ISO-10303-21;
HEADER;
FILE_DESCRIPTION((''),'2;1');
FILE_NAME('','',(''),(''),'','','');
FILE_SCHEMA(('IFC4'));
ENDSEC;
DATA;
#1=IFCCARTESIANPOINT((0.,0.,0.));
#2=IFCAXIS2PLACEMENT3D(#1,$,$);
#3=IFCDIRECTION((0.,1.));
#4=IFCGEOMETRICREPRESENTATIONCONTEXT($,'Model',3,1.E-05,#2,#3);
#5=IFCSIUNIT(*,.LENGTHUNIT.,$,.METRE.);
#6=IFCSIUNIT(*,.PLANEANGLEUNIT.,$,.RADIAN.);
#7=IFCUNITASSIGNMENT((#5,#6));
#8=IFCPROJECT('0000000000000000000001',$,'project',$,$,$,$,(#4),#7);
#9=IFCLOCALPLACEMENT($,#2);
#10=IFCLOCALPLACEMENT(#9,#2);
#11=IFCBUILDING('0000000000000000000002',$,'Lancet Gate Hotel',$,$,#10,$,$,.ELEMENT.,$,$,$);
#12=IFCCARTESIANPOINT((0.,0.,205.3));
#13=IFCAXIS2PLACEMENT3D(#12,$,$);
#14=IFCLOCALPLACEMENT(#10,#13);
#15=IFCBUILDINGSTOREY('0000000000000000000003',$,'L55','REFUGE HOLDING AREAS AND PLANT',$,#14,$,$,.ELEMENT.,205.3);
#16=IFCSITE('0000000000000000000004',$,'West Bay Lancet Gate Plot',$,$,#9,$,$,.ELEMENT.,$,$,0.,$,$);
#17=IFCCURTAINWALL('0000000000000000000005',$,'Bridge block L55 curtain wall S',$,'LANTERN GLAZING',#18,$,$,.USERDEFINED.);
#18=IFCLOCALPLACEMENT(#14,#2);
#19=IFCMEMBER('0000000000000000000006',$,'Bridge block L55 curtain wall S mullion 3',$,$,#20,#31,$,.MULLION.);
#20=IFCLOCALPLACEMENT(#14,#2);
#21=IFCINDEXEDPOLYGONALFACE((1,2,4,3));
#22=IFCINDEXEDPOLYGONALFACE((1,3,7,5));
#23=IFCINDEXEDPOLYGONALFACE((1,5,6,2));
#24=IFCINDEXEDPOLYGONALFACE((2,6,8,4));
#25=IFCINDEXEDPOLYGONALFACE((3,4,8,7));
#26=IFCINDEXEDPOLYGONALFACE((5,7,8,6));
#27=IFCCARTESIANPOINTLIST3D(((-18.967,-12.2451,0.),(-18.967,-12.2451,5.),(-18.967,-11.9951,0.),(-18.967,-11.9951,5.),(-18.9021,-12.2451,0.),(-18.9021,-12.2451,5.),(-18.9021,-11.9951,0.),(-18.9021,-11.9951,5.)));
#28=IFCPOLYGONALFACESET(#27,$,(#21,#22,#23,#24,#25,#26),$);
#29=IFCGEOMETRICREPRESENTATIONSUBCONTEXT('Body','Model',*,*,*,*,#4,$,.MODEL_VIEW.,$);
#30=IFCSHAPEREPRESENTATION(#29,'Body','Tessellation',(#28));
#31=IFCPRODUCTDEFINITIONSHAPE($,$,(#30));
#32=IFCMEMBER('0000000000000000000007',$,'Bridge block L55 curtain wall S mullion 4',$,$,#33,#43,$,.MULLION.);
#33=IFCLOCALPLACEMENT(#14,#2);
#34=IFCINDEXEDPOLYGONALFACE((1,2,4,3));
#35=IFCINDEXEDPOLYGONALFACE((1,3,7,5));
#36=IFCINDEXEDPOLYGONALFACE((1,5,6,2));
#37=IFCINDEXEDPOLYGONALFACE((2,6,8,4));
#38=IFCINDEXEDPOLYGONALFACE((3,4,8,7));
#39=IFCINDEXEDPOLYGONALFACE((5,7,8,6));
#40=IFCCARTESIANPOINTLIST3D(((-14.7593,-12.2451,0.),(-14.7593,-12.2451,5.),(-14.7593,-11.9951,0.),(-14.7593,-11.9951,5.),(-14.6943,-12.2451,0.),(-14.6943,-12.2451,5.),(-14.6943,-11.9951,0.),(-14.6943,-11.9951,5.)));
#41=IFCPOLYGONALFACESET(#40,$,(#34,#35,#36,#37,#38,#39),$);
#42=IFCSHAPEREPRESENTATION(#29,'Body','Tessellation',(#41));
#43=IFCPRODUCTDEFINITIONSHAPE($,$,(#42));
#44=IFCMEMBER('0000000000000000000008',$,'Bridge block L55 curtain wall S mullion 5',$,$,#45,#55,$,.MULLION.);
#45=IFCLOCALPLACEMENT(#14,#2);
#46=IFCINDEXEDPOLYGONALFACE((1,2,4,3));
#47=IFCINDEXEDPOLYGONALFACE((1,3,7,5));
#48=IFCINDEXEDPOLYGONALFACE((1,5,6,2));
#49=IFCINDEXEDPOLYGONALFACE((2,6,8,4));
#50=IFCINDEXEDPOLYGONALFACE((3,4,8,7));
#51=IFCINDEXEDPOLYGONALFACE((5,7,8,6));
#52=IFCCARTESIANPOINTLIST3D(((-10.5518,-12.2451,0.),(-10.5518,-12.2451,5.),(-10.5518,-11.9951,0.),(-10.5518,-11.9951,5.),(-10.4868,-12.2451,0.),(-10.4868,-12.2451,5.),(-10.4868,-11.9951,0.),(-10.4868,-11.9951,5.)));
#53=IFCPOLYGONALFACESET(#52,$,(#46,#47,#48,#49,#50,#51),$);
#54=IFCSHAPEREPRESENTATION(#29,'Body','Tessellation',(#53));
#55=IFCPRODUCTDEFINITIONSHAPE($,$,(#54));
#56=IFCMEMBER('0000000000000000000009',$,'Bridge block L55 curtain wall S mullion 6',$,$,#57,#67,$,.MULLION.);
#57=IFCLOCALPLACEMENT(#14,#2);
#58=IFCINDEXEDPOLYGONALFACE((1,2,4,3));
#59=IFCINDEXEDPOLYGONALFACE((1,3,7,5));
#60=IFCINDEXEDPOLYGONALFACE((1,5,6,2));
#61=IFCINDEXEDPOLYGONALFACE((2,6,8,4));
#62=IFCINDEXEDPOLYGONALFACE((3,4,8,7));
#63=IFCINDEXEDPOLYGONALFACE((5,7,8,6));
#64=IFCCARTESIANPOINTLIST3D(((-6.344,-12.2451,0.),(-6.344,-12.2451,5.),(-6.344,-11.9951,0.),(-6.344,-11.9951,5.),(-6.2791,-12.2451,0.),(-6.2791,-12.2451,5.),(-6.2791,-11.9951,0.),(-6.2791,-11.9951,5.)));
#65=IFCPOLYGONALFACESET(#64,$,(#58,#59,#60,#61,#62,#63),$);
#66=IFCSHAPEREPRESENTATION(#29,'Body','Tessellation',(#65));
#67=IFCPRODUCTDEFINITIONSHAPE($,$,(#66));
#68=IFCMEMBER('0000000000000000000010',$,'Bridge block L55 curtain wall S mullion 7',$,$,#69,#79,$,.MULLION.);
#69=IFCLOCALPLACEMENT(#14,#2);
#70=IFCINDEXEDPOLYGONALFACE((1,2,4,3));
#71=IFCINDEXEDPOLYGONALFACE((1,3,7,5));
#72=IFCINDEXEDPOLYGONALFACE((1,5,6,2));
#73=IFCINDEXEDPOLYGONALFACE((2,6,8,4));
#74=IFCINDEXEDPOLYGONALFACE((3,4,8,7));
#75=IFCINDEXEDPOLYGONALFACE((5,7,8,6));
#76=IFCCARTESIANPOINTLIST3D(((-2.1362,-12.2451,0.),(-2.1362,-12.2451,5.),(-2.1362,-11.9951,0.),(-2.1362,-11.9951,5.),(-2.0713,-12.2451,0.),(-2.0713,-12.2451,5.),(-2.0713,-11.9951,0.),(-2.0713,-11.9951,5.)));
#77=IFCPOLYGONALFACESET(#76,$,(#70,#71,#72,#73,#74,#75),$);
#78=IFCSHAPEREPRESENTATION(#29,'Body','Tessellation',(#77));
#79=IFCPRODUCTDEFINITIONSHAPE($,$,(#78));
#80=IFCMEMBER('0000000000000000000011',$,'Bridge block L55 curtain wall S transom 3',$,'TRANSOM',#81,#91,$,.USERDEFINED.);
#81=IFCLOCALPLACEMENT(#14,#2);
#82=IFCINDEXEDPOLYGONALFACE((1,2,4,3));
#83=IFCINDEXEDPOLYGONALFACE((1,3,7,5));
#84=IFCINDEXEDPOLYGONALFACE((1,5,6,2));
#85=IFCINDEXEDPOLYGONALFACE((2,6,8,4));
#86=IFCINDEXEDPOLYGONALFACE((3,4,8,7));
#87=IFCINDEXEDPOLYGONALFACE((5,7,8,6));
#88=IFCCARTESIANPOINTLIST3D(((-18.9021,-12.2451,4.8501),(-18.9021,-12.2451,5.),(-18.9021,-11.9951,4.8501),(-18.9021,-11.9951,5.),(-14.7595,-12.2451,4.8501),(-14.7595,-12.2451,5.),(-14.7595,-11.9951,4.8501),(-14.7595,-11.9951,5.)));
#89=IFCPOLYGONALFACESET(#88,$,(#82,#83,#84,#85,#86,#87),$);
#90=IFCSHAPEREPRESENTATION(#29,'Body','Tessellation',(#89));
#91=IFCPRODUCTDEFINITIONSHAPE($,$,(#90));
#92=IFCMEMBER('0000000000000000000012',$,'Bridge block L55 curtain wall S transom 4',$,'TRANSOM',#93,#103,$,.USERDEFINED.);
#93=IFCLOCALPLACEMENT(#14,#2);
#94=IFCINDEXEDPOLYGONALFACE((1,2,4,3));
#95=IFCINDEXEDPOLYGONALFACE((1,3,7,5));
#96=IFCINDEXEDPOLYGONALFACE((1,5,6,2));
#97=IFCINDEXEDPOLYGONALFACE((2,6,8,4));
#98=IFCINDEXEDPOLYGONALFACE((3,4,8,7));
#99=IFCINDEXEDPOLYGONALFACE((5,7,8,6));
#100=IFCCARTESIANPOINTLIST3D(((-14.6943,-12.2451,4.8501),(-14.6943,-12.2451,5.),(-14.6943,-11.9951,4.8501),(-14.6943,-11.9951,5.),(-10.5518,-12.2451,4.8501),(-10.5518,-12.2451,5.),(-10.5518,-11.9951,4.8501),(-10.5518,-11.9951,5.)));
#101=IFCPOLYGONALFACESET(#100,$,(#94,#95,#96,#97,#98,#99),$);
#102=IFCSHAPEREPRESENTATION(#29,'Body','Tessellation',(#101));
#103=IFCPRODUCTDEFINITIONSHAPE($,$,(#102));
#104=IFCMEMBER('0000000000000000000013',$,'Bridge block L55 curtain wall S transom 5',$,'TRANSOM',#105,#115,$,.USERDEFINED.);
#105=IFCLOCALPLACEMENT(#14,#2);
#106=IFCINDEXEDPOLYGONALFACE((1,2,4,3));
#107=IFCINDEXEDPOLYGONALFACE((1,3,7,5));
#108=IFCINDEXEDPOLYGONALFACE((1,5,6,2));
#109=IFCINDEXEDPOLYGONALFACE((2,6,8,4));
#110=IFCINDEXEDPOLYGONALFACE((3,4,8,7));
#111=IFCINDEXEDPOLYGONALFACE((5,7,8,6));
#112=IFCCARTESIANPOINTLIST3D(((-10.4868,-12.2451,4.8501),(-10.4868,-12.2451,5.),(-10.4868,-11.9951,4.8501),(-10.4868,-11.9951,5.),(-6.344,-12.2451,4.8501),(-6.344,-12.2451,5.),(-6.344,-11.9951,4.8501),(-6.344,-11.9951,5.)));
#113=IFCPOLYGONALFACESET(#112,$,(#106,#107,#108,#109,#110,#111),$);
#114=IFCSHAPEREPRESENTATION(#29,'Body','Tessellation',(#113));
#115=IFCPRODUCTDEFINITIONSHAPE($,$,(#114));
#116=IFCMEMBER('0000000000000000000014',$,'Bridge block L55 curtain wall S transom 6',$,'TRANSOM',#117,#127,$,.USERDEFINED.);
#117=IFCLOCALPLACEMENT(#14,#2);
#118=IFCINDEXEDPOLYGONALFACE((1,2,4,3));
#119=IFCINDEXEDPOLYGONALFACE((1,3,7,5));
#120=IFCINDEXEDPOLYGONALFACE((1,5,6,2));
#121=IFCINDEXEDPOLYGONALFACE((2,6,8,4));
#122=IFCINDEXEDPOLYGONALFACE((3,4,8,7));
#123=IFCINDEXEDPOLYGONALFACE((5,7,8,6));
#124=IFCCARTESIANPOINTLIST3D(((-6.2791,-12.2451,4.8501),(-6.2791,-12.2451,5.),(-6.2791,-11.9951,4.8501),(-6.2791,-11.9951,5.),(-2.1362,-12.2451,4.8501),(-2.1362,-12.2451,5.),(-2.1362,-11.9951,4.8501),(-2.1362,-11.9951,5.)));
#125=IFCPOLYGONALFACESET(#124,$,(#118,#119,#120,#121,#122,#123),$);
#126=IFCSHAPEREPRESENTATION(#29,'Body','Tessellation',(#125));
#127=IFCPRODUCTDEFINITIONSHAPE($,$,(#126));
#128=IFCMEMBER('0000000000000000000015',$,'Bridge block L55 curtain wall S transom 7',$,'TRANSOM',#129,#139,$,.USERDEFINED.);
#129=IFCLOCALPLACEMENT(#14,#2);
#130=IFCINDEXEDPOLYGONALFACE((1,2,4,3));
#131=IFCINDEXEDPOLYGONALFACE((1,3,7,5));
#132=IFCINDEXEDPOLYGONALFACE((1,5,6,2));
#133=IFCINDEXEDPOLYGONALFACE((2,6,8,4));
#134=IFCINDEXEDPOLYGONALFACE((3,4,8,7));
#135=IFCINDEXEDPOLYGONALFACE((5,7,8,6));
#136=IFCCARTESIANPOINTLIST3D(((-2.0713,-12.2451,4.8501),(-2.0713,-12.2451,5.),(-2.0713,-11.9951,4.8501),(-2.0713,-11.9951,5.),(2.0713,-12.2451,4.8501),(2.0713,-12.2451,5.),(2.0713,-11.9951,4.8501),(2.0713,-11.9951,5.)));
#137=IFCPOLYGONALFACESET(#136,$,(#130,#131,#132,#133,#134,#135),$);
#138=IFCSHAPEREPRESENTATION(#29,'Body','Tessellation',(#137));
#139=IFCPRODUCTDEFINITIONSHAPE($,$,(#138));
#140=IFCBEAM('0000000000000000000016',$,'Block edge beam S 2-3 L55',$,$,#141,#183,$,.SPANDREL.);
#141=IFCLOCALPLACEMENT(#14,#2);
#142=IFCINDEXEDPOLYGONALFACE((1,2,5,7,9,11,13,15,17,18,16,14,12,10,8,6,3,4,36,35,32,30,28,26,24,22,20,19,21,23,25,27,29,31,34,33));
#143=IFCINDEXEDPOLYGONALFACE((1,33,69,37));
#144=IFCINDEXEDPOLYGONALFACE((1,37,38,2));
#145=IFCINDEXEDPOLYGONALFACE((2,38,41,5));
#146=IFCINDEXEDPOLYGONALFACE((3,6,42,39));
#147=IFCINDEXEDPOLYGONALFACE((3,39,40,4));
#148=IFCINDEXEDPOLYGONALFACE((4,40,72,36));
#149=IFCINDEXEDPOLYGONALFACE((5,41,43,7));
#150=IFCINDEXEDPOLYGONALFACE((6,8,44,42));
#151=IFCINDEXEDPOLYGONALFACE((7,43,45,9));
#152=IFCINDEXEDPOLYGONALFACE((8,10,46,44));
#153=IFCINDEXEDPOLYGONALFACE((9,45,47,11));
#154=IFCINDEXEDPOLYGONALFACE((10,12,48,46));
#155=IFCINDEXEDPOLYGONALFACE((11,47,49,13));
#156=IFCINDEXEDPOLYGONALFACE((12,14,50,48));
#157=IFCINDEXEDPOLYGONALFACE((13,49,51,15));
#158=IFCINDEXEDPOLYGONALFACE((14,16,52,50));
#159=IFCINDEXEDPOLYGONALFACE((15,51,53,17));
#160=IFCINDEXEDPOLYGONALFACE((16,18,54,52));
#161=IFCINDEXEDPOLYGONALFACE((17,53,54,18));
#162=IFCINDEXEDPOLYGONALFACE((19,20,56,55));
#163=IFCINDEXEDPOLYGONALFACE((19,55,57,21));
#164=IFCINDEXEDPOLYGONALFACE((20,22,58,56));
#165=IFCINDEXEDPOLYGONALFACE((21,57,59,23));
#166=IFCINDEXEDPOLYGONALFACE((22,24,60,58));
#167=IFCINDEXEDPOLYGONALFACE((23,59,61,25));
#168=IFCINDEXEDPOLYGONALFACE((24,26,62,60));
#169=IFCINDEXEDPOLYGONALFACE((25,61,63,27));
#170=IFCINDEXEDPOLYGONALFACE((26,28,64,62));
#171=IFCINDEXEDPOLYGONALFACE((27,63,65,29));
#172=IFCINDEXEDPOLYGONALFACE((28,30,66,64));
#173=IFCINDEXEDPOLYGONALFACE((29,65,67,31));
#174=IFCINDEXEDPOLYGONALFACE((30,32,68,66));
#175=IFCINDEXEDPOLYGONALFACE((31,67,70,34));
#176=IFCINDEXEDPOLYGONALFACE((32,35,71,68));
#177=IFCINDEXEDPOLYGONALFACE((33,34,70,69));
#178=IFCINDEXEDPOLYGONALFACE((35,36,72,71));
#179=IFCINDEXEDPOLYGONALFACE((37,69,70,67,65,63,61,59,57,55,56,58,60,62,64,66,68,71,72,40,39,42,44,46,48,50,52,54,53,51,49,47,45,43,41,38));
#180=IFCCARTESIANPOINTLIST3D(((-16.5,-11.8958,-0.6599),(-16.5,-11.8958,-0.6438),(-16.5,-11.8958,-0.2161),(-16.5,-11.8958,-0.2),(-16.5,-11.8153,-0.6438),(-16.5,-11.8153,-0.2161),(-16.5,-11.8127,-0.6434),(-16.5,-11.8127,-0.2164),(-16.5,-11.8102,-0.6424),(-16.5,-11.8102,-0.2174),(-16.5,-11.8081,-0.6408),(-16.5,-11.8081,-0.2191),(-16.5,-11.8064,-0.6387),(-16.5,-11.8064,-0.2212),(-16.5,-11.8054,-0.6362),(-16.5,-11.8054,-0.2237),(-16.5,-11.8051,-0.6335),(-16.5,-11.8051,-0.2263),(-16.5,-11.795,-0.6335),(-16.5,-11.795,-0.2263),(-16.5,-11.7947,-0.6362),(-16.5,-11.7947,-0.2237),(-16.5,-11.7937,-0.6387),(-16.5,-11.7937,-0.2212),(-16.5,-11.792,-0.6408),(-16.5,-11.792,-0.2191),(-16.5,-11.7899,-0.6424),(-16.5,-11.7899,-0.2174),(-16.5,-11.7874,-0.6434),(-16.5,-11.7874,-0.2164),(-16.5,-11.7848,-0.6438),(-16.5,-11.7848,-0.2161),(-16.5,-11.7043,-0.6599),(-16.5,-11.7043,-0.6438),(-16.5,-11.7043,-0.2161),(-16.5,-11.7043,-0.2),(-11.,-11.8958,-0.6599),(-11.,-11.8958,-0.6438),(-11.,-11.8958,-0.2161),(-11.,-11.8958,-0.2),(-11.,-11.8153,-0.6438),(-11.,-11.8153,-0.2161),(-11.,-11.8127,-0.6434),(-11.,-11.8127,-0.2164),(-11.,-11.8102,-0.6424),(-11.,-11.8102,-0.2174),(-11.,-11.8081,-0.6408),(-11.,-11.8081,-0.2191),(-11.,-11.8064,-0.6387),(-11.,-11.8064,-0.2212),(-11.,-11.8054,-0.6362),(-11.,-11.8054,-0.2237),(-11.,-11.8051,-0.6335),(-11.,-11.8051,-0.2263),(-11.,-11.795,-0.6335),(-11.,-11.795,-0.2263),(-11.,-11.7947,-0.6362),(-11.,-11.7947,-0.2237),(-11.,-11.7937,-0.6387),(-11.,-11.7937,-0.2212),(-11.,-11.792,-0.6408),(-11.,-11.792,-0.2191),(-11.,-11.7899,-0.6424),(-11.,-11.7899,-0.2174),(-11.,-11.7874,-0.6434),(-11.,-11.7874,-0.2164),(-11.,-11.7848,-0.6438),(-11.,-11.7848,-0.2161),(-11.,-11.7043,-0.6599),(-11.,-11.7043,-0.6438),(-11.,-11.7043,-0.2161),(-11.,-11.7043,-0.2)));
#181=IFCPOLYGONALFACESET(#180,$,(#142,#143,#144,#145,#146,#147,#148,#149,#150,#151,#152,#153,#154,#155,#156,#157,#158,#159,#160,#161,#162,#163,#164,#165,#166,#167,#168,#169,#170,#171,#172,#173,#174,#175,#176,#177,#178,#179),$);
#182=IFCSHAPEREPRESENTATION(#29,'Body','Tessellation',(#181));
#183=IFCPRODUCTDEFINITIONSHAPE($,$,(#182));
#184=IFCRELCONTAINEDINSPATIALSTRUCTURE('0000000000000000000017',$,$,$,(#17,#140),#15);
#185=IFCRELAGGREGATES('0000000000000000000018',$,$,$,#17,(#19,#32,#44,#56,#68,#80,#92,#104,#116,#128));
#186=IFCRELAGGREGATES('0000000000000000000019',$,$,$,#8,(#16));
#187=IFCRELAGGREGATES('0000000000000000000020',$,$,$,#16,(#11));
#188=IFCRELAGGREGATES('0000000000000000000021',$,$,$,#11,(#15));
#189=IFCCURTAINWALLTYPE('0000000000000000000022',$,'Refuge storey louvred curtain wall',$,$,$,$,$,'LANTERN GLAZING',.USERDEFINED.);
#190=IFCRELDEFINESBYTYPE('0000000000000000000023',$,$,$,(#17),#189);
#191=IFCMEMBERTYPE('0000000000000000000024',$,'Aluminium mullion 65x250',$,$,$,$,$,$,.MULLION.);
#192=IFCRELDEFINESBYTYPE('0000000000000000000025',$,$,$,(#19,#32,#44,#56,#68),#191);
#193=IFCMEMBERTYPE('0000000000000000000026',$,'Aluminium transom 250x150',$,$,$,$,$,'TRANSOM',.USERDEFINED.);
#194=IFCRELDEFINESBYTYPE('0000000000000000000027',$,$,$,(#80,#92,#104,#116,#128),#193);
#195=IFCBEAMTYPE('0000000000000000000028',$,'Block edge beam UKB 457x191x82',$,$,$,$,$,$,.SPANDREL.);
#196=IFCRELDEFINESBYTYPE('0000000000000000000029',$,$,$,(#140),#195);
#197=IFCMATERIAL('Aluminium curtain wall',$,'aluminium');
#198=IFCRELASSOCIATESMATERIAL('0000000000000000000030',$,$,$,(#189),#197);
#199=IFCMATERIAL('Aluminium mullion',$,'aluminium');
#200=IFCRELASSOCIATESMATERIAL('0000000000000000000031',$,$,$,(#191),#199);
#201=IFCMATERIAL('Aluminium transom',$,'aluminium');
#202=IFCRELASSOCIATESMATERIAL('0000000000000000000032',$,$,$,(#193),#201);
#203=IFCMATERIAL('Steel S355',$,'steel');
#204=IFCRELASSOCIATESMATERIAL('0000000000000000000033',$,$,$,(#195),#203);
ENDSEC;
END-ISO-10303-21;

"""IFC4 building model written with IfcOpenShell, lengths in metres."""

from ifc_helpers import new_model, si_unit, direction, frame, origin, origin_2d, place, context, subcontext, project, spatial, rectangle, i_section, extrude, material, material_profile, profile_set, type_object, element, aggregate, save


model = new_model("IFC4")

# Units and contexts
model_context = context("Model", 3, precision=1e-05, world=origin(), true_north=direction((0.0, 1.0)))
body_context = subcontext(model_context, "Body", "Model", "MODEL_VIEW")
ifc_project = project(units=[si_unit("LENGTHUNIT", "METRE"), si_unit("PLANEANGLEUNIT", "RADIAN")], contexts=[model_context])

# Site, building, storey
site_placement = place(None, origin())
site = spatial("IfcSite", under=ifc_project, at=site_placement, Name="West Bay Lancet Gate Plot", CompositionType="ELEMENT", RefElevation=0.0)
building_placement = place(site_placement, origin())
building = spatial("IfcBuilding", under=site, at=building_placement, Name="Lancet Gate Hotel", CompositionType="ELEMENT")
storey_placement = place(building_placement, frame((0.0, 0.0, 205.3)))
storey = spatial("IfcBuildingStorey", under=building, at=storey_placement, Name="L55", Description="REFUGE HOLDING AREAS AND PLANT", CompositionType="ELEMENT", Elevation=205.3)

# Curtain wall, members
ifc_material_1 = material(Name="Aluminium curtain wall", Category="aluminium")
curtain_wall_type = type_object("IfcCurtainWallType", Name="Refuge storey louvred curtain wall", ElementType="LANTERN GLAZING", PredefinedType="USERDEFINED", material=ifc_material_1)
curtain_wall_placement = place(storey_placement, origin())
curtain_wall = element("IfcCurtainWall", 1, at=curtain_wall_placement, inside=storey, type_object=curtain_wall_type, Name="Bridge block L55 curtain wall S", ObjectType="LANTERN GLAZING", PredefinedType="USERDEFINED")
ifc_material_2 = material(Name="Aluminium mullion", Category="aluminium")
ifc_material_profile_1 = material_profile(ifc_material_2, rectangle(XDim=0.0649, YDim=0.25, at=origin_2d()), Name="MULLION 65x250")
ifc_profile_set_1 = profile_set([ifc_material_profile_1], Name="Aluminium mullion")
member_type_1 = type_object("IfcMemberType", Name="Aluminium mullion 65x250", PredefinedType="MULLION", material=ifc_profile_set_1)
member_1_placement = place(storey_placement, frame((-18.9346, -12.1201, 0.0), z_axis=(0.0, 0.0, 1.0), x_axis=(1.0, 0.0, 0.0)))
member_1 = element("IfcMember", 2, at=member_1_placement, type_object=member_type_1, Name="Bridge block L55 curtain wall S mullion 3", PredefinedType="MULLION", context=body_context, shape_type="SweptSolid", body=[
    extrude(rectangle(XDim=0.0649, YDim=0.25, at=origin_2d()), origin(), (0.0, 0.0, 1.0), 5.0),
])
member_2_placement = place(storey_placement, frame((-14.7268, -12.1201, 0.0), z_axis=(0.0, 0.0, 1.0), x_axis=(1.0, 0.0, 0.0)))
member_2 = element("IfcMember", 3, at=member_2_placement, type_object=member_type_1, Name="Bridge block L55 curtain wall S mullion 4", PredefinedType="MULLION", context=body_context, shape_type="SweptSolid", body=[
    extrude(rectangle(XDim=0.0649, YDim=0.25, at=origin_2d()), origin(), (0.0, 0.0, 1.0), 5.0),
])
member_3_placement = place(storey_placement, frame((-10.5193, -12.1201, 0.0), z_axis=(0.0, 0.0, 1.0), x_axis=(1.0, 0.0, 0.0)))
member_3 = element("IfcMember", 4, at=member_3_placement, type_object=member_type_1, Name="Bridge block L55 curtain wall S mullion 5", PredefinedType="MULLION", context=body_context, shape_type="SweptSolid", body=[
    extrude(rectangle(XDim=0.0649, YDim=0.25, at=origin_2d()), origin(), (0.0, 0.0, 1.0), 5.0),
])
member_4_placement = place(storey_placement, frame((-6.3115, -12.1201, 0.0), z_axis=(0.0, 0.0, 1.0), x_axis=(1.0, 0.0, 0.0)))
member_4 = element("IfcMember", 5, at=member_4_placement, type_object=member_type_1, Name="Bridge block L55 curtain wall S mullion 6", PredefinedType="MULLION", context=body_context, shape_type="SweptSolid", body=[
    extrude(rectangle(XDim=0.0649, YDim=0.25, at=origin_2d()), origin(), (0.0, 0.0, 1.0), 5.0),
])
member_5_placement = place(storey_placement, frame((-2.1038, -12.1201, 0.0), z_axis=(0.0, 0.0, 1.0), x_axis=(1.0, 0.0, 0.0)))
member_5 = element("IfcMember", 6, at=member_5_placement, type_object=member_type_1, Name="Bridge block L55 curtain wall S mullion 7", PredefinedType="MULLION", context=body_context, shape_type="SweptSolid", body=[
    extrude(rectangle(XDim=0.0649, YDim=0.25, at=origin_2d()), origin(), (0.0, 0.0, 1.0), 5.0),
])
ifc_material_3 = material(Name="Aluminium transom", Category="aluminium")
ifc_material_profile_2 = material_profile(ifc_material_3, rectangle(XDim=0.25, YDim=0.1499, at=origin_2d()), Name="TRANSOM 250x150")
ifc_profile_set_2 = profile_set([ifc_material_profile_2], Name="Aluminium transom")
member_type_2 = type_object("IfcMemberType", Name="Aluminium transom 250x150", ElementType="TRANSOM", PredefinedType="USERDEFINED", material=ifc_profile_set_2)
member_6_placement = place(storey_placement, frame((-18.9021, -12.1201, 4.925), z_axis=(1.0, 0.0, 0.0), x_axis=(0.0, 1.0, 0.0)))
member_6 = element("IfcMember", 7, at=member_6_placement, type_object=member_type_2, Name="Bridge block L55 curtain wall S transom 3", ObjectType="TRANSOM", PredefinedType="USERDEFINED", context=body_context, shape_type="SweptSolid", body=[
    extrude(rectangle(XDim=0.25, YDim=0.1499, at=origin_2d()), origin(), (0.0, 0.0, 1.0), 4.1426),
])
member_7_placement = place(storey_placement, frame((-14.6943, -12.1201, 4.925), z_axis=(1.0, 0.0, 0.0), x_axis=(0.0, 1.0, 0.0)))
member_7 = element("IfcMember", 8, at=member_7_placement, type_object=member_type_2, Name="Bridge block L55 curtain wall S transom 4", ObjectType="TRANSOM", PredefinedType="USERDEFINED", context=body_context, shape_type="SweptSolid", body=[
    extrude(rectangle(XDim=0.25, YDim=0.1499, at=origin_2d()), origin(), (0.0, 0.0, 1.0), 4.1426),
])
member_8_placement = place(storey_placement, frame((-10.4868, -12.1201, 4.925), z_axis=(1.0, 0.0, 0.0), x_axis=(0.0, 1.0, 0.0)))
member_8 = element("IfcMember", 9, at=member_8_placement, type_object=member_type_2, Name="Bridge block L55 curtain wall S transom 5", ObjectType="TRANSOM", PredefinedType="USERDEFINED", context=body_context, shape_type="SweptSolid", body=[
    extrude(rectangle(XDim=0.25, YDim=0.1499, at=origin_2d()), origin(), (0.0, 0.0, 1.0), 4.1428),
])
member_9_placement = place(storey_placement, frame((-6.2791, -12.1201, 4.925), z_axis=(1.0, 0.0, 0.0), x_axis=(0.0, 1.0, 0.0)))
member_9 = element("IfcMember", 10, at=member_9_placement, type_object=member_type_2, Name="Bridge block L55 curtain wall S transom 6", ObjectType="TRANSOM", PredefinedType="USERDEFINED", context=body_context, shape_type="SweptSolid", body=[
    extrude(rectangle(XDim=0.25, YDim=0.1499, at=origin_2d()), origin(), (0.0, 0.0, 1.0), 4.1428),
])
member_10_placement = place(storey_placement, frame((-2.0713, -12.1201, 4.925), z_axis=(1.0, 0.0, 0.0), x_axis=(0.0, 1.0, 0.0)))
member_10 = element("IfcMember", 11, at=member_10_placement, type_object=member_type_2, Name="Bridge block L55 curtain wall S transom 7", ObjectType="TRANSOM", PredefinedType="USERDEFINED", context=body_context, shape_type="SweptSolid", body=[
    extrude(rectangle(XDim=0.25, YDim=0.1499, at=origin_2d()), origin(), (0.0, 0.0, 1.0), 4.1426),
])

# Beam
ifc_material_4 = material(Name="Steel S355", Category="steel")
ifc_material_profile_3 = material_profile(ifc_material_4, i_section(OverallWidth=0.1914, OverallDepth=0.46, WebThickness=0.01, FlangeThickness=0.0161, FilletRadius=0.0103, at=origin_2d()), Name="UKB 457x191x82")
ifc_profile_set_3 = profile_set([ifc_material_profile_3], Name="Steel S355")
beam_type_1 = type_object("IfcBeamType", Name="Block edge beam UKB 457x191x82", PredefinedType="SPANDREL", material=ifc_profile_set_3)
for number, where, z_axis, x_axis, name in (
    (12, (-16.5, -11.8, -0.4299), (1.0, 0.0, 0.0), (0.0, 1.0, 0.0), "Block edge beam S 2-3 L55"),
):
    element("IfcBeam", number, at=place(storey_placement, frame(where, z_axis=z_axis, x_axis=x_axis)), inside=storey, type_object=beam_type_1, Name=name, PredefinedType="SPANDREL", context=body_context, shape_type="SweptSolid", body=[
        extrude(i_section(OverallWidth=0.1914, OverallDepth=0.46, WebThickness=0.01, FlangeThickness=0.0161, FilletRadius=0.0103, at=origin_2d()), origin(), (0.0, 0.0, 1.0), 5.5),
    ])

aggregate(curtain_wall, [member_1, member_2, member_3, member_4, member_5, member_6, member_7, member_8, member_9, member_10])

save(model, "model.ifc")
